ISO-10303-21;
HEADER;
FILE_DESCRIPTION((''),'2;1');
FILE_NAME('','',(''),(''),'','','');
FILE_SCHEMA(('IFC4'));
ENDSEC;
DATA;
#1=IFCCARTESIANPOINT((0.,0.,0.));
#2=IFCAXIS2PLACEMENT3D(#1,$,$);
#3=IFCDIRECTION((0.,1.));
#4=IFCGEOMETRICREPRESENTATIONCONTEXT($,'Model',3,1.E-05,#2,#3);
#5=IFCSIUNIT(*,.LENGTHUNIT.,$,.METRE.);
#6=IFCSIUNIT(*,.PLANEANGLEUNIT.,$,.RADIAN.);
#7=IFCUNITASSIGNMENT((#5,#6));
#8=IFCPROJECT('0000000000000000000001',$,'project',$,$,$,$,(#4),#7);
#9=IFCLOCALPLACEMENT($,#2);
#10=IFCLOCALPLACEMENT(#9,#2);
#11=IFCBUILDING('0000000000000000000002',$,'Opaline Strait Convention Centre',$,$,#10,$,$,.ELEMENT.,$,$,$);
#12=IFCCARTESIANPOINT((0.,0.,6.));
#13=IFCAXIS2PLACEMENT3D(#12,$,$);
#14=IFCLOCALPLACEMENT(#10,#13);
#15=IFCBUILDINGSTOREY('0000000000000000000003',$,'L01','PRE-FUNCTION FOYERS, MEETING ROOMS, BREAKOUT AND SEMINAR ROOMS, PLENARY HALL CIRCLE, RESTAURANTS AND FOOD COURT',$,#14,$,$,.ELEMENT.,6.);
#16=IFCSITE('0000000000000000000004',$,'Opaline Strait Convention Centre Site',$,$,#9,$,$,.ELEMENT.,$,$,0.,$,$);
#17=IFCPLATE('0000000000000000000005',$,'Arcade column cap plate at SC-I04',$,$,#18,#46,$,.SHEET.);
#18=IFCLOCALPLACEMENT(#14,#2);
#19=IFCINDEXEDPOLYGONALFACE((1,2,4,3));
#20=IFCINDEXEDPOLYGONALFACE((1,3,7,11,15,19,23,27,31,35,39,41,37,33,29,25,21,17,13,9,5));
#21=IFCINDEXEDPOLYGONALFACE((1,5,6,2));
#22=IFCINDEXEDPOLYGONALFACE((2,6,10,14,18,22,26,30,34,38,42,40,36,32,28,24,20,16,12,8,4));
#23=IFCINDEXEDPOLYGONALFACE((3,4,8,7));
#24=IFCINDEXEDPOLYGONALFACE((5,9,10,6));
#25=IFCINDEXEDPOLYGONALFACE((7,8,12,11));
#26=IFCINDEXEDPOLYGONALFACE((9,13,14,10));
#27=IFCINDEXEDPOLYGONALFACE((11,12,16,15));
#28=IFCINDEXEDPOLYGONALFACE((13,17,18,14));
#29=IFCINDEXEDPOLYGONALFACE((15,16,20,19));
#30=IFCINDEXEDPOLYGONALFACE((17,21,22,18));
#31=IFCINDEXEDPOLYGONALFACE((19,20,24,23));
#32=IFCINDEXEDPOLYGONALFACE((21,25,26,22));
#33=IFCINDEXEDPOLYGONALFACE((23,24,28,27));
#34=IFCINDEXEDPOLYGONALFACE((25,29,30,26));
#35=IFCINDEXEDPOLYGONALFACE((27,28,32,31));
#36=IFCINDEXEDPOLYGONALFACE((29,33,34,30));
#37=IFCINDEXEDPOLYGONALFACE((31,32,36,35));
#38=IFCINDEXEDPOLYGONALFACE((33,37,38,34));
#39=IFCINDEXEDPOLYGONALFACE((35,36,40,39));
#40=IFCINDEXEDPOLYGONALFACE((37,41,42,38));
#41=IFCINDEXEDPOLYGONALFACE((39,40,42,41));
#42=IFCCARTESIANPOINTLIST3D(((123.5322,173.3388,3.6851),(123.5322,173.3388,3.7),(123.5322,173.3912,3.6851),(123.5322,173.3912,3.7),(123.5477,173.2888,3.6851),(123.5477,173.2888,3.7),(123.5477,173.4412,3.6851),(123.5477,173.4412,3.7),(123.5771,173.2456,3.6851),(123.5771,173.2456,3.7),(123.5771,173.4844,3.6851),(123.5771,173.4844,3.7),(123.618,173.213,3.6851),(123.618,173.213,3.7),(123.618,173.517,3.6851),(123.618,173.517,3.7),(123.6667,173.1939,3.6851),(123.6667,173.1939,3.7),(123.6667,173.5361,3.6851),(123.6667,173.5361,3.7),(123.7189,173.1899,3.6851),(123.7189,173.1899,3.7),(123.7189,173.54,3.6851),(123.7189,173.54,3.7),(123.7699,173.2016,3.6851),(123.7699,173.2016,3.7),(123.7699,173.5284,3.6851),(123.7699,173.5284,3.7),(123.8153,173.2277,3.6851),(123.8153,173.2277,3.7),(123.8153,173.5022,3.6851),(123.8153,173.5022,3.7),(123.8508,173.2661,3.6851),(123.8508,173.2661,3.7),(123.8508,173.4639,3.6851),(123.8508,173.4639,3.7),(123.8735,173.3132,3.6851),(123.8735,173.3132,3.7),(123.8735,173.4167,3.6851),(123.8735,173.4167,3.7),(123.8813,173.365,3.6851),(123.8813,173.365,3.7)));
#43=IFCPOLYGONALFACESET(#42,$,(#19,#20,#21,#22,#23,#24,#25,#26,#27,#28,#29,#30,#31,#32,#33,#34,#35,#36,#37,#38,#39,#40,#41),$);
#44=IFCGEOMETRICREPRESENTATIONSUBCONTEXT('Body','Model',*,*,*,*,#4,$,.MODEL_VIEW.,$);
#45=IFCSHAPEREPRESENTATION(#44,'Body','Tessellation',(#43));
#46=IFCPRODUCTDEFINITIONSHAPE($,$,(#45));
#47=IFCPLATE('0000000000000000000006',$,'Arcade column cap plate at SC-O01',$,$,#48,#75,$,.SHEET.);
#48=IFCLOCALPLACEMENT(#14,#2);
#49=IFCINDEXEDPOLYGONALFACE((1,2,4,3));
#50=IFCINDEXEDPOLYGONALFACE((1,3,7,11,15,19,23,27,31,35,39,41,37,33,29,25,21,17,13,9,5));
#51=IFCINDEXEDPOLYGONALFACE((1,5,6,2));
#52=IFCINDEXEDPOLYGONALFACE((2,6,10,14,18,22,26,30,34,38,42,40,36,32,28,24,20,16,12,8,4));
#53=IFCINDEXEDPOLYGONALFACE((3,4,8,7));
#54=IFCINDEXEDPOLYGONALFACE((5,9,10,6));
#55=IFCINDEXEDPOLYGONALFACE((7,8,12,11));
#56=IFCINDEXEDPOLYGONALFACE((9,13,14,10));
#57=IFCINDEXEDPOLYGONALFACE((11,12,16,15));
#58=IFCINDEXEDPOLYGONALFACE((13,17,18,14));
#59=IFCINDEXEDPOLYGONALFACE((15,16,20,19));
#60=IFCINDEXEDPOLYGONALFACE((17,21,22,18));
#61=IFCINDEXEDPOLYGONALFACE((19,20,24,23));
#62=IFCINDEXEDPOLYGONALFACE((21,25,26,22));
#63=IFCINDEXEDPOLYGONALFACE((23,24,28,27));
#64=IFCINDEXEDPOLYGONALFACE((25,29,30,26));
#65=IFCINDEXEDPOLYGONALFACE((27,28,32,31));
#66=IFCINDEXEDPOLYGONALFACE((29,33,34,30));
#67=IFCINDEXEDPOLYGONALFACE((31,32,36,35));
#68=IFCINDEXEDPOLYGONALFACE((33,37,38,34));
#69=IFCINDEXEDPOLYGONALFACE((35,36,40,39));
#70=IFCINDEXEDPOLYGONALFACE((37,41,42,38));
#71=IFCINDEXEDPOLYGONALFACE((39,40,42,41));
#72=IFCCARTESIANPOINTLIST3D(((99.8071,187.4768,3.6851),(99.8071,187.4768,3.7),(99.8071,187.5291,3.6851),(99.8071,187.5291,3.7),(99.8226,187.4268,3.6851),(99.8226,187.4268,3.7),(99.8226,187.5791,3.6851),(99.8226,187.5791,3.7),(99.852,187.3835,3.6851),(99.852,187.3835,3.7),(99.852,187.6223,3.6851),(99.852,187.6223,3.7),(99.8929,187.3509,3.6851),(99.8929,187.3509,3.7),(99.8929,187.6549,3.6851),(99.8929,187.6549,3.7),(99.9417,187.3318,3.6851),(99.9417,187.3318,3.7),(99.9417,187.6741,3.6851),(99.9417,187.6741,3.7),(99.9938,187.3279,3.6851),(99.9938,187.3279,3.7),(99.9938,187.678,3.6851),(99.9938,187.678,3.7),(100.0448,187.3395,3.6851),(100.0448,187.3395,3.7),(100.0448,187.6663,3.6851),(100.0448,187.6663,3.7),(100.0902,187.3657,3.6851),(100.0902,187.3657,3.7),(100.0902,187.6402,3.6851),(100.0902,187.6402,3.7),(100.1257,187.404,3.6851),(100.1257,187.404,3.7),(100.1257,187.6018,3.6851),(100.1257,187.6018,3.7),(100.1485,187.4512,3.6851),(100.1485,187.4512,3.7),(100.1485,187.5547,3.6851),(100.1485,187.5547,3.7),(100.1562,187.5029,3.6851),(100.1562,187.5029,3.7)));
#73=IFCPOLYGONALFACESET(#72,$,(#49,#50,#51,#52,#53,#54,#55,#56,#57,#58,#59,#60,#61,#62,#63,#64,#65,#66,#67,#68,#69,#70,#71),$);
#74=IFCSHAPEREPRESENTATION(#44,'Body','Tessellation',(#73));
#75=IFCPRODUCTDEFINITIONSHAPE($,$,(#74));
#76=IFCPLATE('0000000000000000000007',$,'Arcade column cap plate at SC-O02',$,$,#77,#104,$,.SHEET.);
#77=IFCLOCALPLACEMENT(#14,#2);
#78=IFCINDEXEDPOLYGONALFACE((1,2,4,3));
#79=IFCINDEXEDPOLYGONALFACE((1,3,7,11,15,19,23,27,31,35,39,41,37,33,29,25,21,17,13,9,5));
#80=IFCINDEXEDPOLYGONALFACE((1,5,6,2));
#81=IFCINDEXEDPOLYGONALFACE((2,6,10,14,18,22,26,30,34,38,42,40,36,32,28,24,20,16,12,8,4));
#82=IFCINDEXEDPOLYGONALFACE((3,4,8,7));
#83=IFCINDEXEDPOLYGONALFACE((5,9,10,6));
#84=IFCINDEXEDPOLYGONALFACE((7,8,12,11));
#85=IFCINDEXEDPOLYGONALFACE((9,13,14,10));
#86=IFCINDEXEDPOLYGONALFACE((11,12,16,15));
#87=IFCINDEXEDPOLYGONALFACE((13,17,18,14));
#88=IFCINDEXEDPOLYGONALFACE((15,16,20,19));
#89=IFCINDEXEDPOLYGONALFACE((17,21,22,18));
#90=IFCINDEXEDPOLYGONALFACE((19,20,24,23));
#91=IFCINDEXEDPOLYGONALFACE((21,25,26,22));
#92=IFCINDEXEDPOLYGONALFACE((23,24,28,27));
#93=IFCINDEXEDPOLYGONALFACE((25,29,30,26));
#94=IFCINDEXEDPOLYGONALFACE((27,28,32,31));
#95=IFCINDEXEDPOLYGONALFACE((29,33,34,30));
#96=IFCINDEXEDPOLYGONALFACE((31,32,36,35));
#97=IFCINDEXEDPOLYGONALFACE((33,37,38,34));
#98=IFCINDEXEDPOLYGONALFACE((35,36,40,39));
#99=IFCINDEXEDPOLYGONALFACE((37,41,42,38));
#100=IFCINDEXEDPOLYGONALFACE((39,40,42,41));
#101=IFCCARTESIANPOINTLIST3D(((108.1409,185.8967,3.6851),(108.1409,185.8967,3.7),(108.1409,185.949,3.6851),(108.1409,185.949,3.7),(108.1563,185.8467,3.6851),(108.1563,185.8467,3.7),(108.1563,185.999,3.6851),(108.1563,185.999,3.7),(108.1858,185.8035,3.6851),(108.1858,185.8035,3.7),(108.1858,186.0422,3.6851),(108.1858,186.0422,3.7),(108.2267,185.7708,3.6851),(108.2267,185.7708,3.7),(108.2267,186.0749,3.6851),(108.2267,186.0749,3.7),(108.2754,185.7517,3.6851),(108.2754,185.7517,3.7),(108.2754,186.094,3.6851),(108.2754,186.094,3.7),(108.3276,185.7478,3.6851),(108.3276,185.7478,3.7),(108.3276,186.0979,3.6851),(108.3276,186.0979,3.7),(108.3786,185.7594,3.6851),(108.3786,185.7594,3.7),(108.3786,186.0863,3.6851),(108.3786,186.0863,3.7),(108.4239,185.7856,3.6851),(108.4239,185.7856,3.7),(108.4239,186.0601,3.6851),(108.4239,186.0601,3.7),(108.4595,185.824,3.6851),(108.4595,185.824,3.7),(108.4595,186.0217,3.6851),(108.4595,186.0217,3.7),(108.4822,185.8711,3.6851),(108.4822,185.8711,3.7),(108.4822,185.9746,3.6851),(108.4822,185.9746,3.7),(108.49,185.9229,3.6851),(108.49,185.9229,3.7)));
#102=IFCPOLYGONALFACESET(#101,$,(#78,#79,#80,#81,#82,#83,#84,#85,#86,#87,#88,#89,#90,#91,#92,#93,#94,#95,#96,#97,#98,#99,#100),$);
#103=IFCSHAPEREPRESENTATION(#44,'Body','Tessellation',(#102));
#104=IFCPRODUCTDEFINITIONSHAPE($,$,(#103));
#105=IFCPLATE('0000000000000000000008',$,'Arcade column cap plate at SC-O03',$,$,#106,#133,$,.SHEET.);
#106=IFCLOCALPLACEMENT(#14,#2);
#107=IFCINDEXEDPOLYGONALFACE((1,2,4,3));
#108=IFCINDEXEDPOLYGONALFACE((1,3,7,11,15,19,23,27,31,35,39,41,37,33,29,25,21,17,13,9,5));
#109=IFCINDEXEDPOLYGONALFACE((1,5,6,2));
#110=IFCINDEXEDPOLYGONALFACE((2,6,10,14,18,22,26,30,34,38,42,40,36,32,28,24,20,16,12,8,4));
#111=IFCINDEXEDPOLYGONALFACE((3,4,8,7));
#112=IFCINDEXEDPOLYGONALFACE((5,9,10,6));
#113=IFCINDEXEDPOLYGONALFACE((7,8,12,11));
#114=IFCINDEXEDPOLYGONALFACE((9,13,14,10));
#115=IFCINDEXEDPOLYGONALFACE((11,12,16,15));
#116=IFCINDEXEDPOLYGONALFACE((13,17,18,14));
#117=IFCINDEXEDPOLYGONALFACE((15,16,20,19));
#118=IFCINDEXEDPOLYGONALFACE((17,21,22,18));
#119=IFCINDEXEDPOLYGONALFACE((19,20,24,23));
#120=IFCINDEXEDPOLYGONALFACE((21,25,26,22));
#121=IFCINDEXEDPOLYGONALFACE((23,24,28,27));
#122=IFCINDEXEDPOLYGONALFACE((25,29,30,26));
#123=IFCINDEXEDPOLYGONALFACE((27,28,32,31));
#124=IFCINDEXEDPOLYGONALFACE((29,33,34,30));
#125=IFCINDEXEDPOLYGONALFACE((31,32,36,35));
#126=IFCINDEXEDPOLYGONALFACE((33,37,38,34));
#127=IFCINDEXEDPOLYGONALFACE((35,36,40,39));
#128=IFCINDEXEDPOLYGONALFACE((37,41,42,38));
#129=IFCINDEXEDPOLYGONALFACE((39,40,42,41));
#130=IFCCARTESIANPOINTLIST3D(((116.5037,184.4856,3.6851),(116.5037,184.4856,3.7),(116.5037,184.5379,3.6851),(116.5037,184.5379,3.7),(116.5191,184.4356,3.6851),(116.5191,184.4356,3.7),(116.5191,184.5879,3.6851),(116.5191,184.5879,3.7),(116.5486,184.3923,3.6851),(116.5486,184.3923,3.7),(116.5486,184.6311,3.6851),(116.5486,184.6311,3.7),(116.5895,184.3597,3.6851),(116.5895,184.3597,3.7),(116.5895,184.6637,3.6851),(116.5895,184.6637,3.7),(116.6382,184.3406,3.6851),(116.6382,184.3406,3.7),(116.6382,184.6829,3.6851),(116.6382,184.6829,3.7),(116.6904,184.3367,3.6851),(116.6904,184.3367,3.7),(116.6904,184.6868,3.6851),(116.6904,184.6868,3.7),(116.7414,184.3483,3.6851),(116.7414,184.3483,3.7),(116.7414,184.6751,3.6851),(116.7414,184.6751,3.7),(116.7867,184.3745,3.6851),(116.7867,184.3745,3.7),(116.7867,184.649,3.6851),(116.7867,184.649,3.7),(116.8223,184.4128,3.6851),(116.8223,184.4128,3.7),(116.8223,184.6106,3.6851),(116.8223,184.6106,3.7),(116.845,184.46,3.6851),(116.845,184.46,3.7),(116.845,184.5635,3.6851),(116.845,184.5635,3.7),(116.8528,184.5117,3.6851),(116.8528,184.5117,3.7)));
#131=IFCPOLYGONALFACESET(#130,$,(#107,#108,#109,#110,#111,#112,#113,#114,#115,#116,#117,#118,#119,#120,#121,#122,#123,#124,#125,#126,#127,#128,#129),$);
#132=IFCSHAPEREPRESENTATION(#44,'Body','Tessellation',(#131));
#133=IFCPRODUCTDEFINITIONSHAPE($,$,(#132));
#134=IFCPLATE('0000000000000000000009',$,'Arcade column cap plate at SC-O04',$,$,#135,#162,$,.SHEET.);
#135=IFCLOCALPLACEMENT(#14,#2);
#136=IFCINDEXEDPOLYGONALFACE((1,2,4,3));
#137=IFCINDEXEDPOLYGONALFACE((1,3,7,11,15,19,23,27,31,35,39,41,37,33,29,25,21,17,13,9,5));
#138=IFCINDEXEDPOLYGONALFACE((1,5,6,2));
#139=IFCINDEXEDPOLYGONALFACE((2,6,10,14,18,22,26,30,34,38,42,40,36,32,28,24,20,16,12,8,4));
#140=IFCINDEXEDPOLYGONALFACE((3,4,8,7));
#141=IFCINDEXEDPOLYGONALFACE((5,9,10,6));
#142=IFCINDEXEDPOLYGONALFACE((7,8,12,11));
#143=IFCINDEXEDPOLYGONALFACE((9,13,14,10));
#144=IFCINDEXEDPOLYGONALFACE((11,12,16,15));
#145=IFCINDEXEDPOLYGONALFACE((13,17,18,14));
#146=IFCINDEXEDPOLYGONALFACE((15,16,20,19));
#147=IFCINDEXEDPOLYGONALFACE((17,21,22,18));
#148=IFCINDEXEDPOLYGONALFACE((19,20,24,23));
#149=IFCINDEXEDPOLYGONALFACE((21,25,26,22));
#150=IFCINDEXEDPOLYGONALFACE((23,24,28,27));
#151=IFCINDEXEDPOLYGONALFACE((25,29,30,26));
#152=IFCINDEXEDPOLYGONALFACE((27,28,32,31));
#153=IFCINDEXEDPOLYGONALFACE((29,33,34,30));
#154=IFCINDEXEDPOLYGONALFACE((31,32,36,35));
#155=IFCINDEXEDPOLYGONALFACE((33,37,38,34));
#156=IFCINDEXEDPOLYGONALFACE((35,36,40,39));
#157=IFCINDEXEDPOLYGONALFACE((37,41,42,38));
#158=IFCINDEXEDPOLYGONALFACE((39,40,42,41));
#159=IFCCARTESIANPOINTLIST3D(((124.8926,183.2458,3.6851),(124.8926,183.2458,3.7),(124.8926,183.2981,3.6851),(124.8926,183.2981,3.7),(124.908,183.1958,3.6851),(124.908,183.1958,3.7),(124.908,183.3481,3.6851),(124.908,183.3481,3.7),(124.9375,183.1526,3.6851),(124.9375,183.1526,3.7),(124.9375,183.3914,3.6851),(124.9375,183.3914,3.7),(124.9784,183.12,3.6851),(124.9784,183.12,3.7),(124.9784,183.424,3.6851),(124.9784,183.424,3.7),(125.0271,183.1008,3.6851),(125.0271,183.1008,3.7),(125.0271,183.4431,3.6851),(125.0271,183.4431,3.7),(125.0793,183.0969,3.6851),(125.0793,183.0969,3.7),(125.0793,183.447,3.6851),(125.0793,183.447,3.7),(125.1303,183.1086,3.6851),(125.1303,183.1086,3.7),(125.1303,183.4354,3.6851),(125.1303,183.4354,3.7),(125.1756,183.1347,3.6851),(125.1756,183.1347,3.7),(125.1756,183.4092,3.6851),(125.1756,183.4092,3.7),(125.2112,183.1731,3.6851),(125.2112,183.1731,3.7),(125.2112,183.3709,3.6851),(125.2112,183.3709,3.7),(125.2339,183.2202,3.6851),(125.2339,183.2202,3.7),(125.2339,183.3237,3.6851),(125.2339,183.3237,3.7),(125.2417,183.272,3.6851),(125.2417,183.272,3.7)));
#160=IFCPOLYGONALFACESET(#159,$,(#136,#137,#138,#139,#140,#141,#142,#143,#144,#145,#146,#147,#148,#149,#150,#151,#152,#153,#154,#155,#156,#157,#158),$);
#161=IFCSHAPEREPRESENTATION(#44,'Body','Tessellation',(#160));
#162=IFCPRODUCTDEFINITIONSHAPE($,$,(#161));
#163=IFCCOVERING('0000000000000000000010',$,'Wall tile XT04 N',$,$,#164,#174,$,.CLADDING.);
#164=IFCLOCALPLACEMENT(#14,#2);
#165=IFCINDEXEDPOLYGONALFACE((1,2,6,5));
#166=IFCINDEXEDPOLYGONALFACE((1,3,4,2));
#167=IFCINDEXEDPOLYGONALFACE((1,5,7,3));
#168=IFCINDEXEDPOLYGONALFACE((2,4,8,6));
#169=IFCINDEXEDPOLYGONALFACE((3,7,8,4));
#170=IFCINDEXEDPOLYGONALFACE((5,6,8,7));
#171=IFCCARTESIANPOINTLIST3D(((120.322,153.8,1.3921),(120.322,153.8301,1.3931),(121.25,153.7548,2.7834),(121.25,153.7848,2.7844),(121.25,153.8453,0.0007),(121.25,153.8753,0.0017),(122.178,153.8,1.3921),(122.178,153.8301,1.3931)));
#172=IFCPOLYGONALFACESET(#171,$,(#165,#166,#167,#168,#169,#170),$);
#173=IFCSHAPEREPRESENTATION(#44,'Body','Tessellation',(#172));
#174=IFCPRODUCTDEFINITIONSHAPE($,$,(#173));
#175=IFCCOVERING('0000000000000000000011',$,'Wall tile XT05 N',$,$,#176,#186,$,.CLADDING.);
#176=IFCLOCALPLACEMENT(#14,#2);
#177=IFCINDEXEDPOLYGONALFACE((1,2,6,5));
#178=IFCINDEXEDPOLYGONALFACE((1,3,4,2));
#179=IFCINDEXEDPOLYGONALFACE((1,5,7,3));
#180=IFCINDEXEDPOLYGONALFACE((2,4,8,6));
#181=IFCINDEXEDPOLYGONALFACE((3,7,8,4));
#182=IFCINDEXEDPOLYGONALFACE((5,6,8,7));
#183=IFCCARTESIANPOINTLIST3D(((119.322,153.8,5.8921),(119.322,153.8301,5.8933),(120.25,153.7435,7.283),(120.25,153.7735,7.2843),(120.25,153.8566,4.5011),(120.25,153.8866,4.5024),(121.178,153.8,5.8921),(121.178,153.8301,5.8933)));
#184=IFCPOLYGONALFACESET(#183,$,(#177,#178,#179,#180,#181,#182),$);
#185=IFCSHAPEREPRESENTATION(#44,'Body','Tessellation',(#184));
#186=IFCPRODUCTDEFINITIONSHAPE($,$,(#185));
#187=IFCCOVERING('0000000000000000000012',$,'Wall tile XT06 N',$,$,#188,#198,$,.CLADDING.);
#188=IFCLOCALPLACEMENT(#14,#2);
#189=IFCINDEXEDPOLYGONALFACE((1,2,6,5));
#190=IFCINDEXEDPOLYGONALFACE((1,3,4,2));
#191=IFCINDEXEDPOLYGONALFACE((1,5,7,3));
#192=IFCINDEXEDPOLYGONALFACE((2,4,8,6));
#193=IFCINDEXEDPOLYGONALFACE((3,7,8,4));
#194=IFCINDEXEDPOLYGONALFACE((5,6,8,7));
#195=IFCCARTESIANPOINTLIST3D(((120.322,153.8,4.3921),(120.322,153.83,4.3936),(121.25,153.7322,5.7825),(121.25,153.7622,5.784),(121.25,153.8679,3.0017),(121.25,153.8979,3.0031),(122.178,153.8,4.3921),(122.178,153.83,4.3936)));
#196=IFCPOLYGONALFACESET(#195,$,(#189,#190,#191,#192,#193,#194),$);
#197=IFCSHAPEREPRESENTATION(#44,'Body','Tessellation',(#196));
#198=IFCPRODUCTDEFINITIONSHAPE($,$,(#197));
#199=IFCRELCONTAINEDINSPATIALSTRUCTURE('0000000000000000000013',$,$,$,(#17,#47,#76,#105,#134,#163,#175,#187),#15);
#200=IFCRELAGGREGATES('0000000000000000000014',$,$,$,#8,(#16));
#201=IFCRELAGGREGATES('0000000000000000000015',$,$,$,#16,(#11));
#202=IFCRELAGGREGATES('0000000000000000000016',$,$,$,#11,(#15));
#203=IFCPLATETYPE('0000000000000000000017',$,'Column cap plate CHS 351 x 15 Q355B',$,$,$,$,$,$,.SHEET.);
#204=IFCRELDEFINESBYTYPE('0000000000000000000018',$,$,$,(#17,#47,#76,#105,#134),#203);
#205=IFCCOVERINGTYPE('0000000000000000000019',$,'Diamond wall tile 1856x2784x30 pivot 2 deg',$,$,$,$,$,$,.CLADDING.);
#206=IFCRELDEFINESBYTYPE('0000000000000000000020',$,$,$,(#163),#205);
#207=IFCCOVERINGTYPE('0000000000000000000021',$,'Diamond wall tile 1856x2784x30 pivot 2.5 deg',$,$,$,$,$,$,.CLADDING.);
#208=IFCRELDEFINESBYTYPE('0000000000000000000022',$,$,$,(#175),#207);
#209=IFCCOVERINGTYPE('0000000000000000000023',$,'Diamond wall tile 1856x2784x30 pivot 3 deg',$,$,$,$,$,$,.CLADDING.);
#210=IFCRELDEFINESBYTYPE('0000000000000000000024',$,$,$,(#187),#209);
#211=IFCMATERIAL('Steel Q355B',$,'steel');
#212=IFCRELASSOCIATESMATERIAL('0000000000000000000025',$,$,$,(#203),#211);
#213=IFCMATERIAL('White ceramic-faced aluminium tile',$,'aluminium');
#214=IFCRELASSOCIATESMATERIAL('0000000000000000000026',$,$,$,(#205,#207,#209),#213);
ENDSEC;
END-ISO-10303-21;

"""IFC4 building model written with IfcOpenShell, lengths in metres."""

from ifc_helpers import new_model, si_unit, direction, frame, origin, origin_2d, place, context, subcontext, project, spatial, polyline, circle, outline, extrude, material, material_profile, profile_set, type_object, element, save


model = new_model("IFC4")

# Units and contexts
model_context = context("Model", 3, precision=1e-05, world=origin(), true_north=direction((0.0, 1.0)))
body_context = subcontext(model_context, "Body", "Model", "MODEL_VIEW")
ifc_project = project(units=[si_unit("LENGTHUNIT", "METRE"), si_unit("PLANEANGLEUNIT", "RADIAN")], contexts=[model_context])

# Site, building, storey
site_placement = place(None, origin())
site = spatial("IfcSite", under=ifc_project, at=site_placement, Name="Opaline Strait Convention Centre Site", CompositionType="ELEMENT", RefElevation=0.0)
building_placement = place(site_placement, origin())
building = spatial("IfcBuilding", under=site, at=building_placement, Name="Opaline Strait Convention Centre", CompositionType="ELEMENT")
storey_placement = place(building_placement, frame((0.0, 0.0, 6.0)))
storey = spatial("IfcBuildingStorey", under=building, at=storey_placement, Name="L01", Description="PRE-FUNCTION FOYERS, MEETING ROOMS, BREAKOUT AND SEMINAR ROOMS, PLENARY HALL CIRCLE, RESTAURANTS AND FOOD COURT", CompositionType="ELEMENT", Elevation=6.0)

# Shared definitions
ifc_material_1 = material(Name="Steel Q355B", Category="steel")

# Plates
ifc_material_profile_1 = material_profile(ifc_material_1, circle(Radius=0.1755, at=origin_2d()), Name="D351")
ifc_profile_set_1 = profile_set([ifc_material_profile_1], Name="Steel Q355B")
plate_type = type_object("IfcPlateType", Name="Column cap plate CHS 351 x 15 Q355B", PredefinedType="SHEET", material=ifc_profile_set_1)
for number, where, z_axis, x_axis, name in (
    (1, (123.7058, 173.365, 3.6851), (0.0, 0.0, 1.0), (1.0, 0.0, 0.0), "Arcade column cap plate at SC-I04"),
    (2, (99.9807, 187.5029, 3.6851), (0.0, 0.0, 1.0), (1.0, 0.0, 0.0), "Arcade column cap plate at SC-O01"),
    (3, (108.3145, 185.9229, 3.6851), (0.0, 0.0, 1.0), (1.0, 0.0, 0.0), "Arcade column cap plate at SC-O02"),
    (4, (116.6772, 184.5117, 3.6851), (0.0, 0.0, 1.0), (1.0, 0.0, 0.0), "Arcade column cap plate at SC-O03"),
    (5, (125.0662, 183.272, 3.6851), (0.0, 0.0, 1.0), (1.0, 0.0, 0.0), "Arcade column cap plate at SC-O04"),
):
    element("IfcPlate", number, at=place(storey_placement, frame(where, z_axis=z_axis, x_axis=x_axis)), inside=storey, type_object=plate_type, Name=name, PredefinedType="SHEET", context=body_context, shape_type="SweptSolid", body=[
        extrude(circle(Radius=0.1755, at=origin_2d()), origin(), (0.0, 0.0, 1.0), 0.0149),
    ])

# Coverings
ifc_material_2 = material(Name="White ceramic-faced aluminium tile", Category="aluminium")
ifc_material_profile_2 = material_profile(ifc_material_2, outline(polyline([(0.928, 0.0), (0.0, 1.3921), (-0.928, 0.0), (0.0, -1.3921), (0.928, 0.0)])), Name="Diamond tile 1856x2784")
ifc_profile_set_2 = profile_set([ifc_material_profile_2], Name="White ceramic-faced aluminium tile")
covering_type_1 = type_object("IfcCoveringType", Name="Diamond wall tile 1856x2784x30 pivot 2 deg", PredefinedType="CLADDING", material=ifc_profile_set_2)
covering_1_placement = place(storey_placement, frame((121.25, 153.8, 1.3921), z_axis=(0.0, 0.999472, 0.032503), x_axis=(-1.0, 0.0, 0.0)))
element("IfcCovering", 6, at=covering_1_placement, inside=storey, type_object=covering_type_1, Name="Wall tile XT04 N", PredefinedType="CLADDING", context=body_context, shape_type="SweptSolid", body=[
    extrude(outline(polyline([(0.928, 0.0), (0.0, 1.3921), (-0.928, 0.0), (0.0, -1.3921), (0.928, 0.0)])), origin(), (0.0, 0.0, 1.0), 0.03),
])
ifc_material_profile_3 = material_profile(ifc_material_2, outline(polyline([(0.928, 0.0), (0.0, 1.3921), (-0.928, 0.0), (0.0, -1.3921), (0.928, 0.0)])), Name="Diamond tile 1856x2784")
ifc_profile_set_3 = profile_set([ifc_material_profile_3], Name="White ceramic-faced aluminium tile")
covering_type_2 = type_object("IfcCoveringType", Name="Diamond wall tile 1856x2784x30 pivot 2.5 deg", PredefinedType="CLADDING", material=ifc_profile_set_3)
covering_2_placement = place(storey_placement, frame((120.25, 153.8, 5.8921), z_axis=(0.0, 0.999175, 0.040617), x_axis=(-1.0, 0.0, 0.0)))
element("IfcCovering", 7, at=covering_2_placement, inside=storey, type_object=covering_type_2, Name="Wall tile XT05 N", PredefinedType="CLADDING", context=body_context, shape_type="SweptSolid", body=[
    extrude(outline(polyline([(0.928, 0.0), (0.0, 1.3921), (-0.928, 0.0), (0.0, -1.3921), (0.928, 0.0)])), origin(), (0.0, 0.0, 1.0), 0.03),
])
ifc_material_profile_4 = material_profile(ifc_material_2, outline(polyline([(0.928, 0.0), (0.0, 1.3921), (-0.928, 0.0), (0.0, -1.3921), (0.928, 0.0)])), Name="Diamond tile 1856x2784")
ifc_profile_set_4 = profile_set([ifc_material_profile_4], Name="White ceramic-faced aluminium tile")
covering_type_3 = type_object("IfcCoveringType", Name="Diamond wall tile 1856x2784x30 pivot 3 deg", PredefinedType="CLADDING", material=ifc_profile_set_4)
covering_3_placement = place(storey_placement, frame((121.25, 153.8, 4.3921), z_axis=(0.0, 0.998812, 0.048723), x_axis=(-1.0, 0.0, 0.0)))
element("IfcCovering", 8, at=covering_3_placement, inside=storey, type_object=covering_type_3, Name="Wall tile XT06 N", PredefinedType="CLADDING", context=body_context, shape_type="SweptSolid", body=[
    extrude(outline(polyline([(0.928, 0.0), (0.0, 1.3921), (-0.928, 0.0), (0.0, -1.3921), (0.928, 0.0)])), origin(), (0.0, 0.0, 1.0), 0.03),
])

save(model, "model.ifc")
